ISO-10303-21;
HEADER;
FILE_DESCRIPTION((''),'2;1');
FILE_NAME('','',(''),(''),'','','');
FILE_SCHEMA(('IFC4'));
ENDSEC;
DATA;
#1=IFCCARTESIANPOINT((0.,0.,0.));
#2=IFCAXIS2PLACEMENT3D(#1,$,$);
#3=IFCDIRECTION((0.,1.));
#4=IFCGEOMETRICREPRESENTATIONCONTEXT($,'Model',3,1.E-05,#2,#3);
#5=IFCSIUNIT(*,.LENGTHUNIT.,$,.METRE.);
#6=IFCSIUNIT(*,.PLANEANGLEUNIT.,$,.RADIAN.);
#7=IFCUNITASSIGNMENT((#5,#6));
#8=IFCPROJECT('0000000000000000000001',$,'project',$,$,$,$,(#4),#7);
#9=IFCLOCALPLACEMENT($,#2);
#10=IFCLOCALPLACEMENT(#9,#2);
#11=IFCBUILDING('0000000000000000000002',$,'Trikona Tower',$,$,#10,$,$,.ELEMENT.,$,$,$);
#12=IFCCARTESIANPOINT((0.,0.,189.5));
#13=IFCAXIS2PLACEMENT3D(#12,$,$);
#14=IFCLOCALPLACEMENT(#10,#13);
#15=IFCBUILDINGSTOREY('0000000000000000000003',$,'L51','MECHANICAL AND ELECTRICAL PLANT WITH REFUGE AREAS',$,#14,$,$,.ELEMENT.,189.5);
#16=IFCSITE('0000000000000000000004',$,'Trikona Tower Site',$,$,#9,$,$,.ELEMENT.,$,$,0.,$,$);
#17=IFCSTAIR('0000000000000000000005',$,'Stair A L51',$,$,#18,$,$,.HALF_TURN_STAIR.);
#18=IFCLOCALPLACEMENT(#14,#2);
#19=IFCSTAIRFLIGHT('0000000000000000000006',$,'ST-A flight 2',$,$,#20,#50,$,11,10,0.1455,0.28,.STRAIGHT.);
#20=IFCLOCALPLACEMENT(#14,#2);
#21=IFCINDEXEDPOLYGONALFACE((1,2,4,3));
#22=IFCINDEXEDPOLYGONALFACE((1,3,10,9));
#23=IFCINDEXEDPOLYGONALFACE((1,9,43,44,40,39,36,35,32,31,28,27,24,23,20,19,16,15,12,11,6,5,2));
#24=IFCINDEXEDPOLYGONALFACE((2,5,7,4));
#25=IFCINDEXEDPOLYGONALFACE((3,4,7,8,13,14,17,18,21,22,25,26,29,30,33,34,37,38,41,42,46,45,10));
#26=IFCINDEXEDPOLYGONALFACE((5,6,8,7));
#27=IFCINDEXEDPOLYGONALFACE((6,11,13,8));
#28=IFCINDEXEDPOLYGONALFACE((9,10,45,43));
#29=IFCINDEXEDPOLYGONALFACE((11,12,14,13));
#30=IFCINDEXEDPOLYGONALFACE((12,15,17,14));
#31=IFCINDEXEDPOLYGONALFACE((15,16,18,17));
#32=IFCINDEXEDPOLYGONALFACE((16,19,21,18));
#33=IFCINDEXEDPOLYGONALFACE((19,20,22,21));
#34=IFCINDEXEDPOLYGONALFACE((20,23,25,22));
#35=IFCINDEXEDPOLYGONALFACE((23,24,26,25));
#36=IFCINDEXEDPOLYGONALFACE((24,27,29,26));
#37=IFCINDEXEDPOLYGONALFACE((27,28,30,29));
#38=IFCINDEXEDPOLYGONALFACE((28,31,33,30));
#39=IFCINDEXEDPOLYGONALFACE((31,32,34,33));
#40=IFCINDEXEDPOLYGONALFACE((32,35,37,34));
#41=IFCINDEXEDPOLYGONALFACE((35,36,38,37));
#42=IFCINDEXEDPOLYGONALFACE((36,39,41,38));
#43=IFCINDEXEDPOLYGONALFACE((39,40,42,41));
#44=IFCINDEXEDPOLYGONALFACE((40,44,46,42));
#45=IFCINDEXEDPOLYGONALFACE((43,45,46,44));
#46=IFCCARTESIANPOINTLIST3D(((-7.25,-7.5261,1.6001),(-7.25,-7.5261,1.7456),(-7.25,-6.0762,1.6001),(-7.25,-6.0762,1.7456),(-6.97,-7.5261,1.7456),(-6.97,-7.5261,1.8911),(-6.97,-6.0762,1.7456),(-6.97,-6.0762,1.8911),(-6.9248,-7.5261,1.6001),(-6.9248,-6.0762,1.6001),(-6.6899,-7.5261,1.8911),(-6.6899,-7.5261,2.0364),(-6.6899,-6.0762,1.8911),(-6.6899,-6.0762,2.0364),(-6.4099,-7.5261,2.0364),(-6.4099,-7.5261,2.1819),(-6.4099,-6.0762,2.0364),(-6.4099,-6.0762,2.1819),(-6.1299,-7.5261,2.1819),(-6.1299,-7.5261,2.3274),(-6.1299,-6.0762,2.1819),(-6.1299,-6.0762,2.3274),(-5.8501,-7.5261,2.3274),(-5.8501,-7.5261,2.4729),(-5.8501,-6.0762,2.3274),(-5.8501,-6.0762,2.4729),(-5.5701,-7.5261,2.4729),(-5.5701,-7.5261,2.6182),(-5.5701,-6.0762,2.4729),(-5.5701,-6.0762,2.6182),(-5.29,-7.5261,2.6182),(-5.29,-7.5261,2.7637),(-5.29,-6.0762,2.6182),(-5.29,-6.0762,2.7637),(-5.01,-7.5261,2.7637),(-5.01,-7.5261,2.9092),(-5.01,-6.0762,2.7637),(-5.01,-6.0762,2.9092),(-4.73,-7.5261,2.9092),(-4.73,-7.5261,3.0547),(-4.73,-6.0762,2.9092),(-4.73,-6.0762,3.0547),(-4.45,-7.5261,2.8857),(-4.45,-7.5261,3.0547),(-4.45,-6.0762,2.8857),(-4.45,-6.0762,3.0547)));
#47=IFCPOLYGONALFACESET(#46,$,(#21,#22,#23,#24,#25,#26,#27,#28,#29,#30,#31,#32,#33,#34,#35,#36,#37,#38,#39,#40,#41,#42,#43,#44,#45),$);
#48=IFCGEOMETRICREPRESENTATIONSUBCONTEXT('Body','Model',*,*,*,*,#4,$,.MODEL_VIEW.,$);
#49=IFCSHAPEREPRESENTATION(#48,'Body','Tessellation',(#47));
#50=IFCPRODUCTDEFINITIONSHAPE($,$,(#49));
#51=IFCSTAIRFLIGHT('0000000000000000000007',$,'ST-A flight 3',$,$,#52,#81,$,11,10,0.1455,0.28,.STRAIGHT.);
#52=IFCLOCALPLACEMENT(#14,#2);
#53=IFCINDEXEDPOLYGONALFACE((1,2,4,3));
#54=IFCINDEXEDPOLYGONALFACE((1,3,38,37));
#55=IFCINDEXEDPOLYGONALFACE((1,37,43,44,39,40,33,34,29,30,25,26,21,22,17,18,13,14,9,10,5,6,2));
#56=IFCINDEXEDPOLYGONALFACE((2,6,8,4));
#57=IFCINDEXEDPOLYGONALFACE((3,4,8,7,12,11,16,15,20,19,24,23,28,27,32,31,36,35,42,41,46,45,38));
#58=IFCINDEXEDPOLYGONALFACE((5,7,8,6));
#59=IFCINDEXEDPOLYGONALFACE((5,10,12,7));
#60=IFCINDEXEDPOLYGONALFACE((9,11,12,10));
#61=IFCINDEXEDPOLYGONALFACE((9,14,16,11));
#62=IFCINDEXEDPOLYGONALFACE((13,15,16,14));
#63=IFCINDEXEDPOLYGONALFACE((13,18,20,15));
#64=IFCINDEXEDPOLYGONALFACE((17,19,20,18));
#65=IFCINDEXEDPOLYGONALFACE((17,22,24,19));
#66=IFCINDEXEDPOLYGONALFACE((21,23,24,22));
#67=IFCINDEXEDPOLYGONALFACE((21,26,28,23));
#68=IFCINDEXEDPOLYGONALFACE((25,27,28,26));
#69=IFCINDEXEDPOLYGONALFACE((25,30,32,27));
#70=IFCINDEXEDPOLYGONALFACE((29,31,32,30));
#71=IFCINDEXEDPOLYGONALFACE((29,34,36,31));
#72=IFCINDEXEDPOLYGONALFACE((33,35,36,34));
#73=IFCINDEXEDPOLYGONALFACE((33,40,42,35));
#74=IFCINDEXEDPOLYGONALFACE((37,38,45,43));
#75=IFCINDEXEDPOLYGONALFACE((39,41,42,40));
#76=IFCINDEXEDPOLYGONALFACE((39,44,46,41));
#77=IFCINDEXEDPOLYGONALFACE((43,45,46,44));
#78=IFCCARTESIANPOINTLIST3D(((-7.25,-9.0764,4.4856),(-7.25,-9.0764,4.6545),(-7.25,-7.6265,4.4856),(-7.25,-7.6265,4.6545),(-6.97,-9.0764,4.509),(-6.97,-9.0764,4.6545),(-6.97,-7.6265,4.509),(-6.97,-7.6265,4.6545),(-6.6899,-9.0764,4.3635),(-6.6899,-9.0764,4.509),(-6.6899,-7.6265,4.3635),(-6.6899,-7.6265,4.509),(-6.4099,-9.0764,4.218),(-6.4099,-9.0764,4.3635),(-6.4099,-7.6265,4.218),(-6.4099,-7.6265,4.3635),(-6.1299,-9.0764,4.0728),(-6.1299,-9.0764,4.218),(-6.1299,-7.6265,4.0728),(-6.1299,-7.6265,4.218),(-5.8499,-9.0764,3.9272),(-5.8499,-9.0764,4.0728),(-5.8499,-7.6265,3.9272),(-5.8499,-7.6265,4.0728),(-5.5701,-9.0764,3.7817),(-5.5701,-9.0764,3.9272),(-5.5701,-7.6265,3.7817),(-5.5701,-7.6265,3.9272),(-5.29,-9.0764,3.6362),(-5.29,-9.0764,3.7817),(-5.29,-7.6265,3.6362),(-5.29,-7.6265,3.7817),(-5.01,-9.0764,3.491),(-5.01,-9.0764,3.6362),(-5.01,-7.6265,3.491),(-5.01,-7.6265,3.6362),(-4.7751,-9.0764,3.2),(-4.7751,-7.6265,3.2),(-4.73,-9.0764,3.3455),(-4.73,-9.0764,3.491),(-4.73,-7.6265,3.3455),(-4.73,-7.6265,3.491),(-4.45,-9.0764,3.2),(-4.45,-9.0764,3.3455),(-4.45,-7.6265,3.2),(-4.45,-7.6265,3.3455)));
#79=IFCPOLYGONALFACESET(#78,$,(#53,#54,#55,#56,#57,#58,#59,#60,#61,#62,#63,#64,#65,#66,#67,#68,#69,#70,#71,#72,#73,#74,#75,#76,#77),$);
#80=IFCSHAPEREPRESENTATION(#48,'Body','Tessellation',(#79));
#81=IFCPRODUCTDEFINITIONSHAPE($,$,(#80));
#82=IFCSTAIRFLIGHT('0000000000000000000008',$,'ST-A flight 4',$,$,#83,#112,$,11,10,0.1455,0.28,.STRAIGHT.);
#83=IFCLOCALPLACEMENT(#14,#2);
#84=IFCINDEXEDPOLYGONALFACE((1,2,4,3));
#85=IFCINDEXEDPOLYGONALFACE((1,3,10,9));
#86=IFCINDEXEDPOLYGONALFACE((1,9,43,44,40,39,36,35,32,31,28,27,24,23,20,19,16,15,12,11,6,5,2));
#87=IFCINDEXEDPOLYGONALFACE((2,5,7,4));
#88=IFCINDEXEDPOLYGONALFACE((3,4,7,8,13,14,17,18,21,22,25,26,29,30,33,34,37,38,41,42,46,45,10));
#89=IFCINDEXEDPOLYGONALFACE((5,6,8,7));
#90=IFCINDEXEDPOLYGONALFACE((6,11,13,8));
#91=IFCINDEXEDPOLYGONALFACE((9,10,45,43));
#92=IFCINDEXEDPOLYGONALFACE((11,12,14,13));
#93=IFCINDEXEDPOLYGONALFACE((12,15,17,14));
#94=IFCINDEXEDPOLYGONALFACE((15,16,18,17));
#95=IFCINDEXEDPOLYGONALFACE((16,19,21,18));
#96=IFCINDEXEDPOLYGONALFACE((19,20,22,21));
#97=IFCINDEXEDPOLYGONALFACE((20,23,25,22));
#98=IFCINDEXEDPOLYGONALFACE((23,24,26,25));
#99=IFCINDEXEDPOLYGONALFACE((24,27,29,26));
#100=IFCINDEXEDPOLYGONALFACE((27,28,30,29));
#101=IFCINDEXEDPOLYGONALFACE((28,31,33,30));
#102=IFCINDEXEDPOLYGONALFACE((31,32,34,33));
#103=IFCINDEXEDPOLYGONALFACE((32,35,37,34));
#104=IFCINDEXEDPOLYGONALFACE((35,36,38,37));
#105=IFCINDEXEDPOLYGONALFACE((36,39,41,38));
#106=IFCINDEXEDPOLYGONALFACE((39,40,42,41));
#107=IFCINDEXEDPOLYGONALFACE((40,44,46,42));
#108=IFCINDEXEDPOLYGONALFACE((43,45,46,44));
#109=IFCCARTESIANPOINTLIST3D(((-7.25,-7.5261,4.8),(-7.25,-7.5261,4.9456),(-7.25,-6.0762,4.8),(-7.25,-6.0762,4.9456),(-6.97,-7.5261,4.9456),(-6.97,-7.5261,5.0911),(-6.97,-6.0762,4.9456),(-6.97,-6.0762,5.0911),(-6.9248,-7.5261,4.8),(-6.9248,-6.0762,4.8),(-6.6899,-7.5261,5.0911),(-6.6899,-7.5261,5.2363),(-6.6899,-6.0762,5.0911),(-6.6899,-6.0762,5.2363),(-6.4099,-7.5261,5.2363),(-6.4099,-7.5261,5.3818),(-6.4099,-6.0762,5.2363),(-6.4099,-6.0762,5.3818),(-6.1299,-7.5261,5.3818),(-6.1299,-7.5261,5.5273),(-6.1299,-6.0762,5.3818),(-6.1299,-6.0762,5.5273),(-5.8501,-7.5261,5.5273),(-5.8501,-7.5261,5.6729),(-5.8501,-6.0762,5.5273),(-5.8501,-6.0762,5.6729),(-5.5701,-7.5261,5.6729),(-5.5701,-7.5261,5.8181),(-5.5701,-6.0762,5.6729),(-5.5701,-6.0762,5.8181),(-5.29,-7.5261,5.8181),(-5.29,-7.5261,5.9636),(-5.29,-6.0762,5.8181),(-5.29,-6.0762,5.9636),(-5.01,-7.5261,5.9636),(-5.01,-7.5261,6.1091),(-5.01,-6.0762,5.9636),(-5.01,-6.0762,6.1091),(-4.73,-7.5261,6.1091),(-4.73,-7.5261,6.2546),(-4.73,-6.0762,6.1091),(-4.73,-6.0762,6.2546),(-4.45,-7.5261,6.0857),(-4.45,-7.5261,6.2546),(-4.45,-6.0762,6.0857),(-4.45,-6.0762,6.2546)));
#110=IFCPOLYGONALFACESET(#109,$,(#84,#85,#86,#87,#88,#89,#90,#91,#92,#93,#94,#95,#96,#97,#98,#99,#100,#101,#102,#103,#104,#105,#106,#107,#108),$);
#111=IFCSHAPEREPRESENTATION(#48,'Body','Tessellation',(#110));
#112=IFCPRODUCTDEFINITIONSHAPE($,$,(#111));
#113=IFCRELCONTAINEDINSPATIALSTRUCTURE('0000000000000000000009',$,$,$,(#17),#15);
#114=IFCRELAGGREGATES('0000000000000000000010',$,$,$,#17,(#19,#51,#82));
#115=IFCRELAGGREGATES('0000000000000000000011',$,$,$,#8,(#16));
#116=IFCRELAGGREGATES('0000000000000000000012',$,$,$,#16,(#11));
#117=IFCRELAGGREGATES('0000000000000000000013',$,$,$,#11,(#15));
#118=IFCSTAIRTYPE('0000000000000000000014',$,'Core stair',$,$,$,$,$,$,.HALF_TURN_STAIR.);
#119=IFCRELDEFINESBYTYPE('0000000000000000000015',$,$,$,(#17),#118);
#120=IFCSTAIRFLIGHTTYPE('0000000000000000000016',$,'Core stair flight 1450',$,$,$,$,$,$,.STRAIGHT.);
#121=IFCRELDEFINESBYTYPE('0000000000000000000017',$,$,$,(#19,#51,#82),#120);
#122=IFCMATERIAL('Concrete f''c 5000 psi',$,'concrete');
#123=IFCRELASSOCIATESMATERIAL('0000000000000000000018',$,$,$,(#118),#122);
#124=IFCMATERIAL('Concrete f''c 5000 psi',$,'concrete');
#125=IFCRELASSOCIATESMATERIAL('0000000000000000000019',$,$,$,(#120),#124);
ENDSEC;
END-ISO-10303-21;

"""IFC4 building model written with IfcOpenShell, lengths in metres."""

from ifc_helpers import new_model, si_unit, direction, frame, origin, place, context, subcontext, project, spatial, polyline, outline, extrude, material, type_object, element, aggregate, save


model = new_model("IFC4")

# Units and contexts
model_context = context("Model", 3, precision=1e-05, world=origin(), true_north=direction((0.0, 1.0)))
body_context = subcontext(model_context, "Body", "Model", "MODEL_VIEW")
ifc_project = project(units=[si_unit("LENGTHUNIT", "METRE"), si_unit("PLANEANGLEUNIT", "RADIAN")], contexts=[model_context])

# Site, building, storey
site_placement = place(None, origin())
site = spatial("IfcSite", under=ifc_project, at=site_placement, Name="Trikona Tower Site", CompositionType="ELEMENT", RefElevation=0.0)
building_placement = place(site_placement, origin())
building = spatial("IfcBuilding", under=site, at=building_placement, Name="Trikona Tower", CompositionType="ELEMENT")
storey_placement = place(building_placement, frame((0.0, 0.0, 189.5)))
storey = spatial("IfcBuildingStorey", under=building, at=storey_placement, Name="L51", Description="MECHANICAL AND ELECTRICAL PLANT WITH REFUGE AREAS", CompositionType="ELEMENT", Elevation=189.5)

# Stair, stair flights
ifc_material_1 = material(Name="Concrete f'c 5000 psi", Category="concrete")
stair_type = type_object("IfcStairType", Name="Core stair", PredefinedType="HALF_TURN_STAIR", material=ifc_material_1)
stair_placement = place(storey_placement, origin())
stair = element("IfcStair", 1, at=stair_placement, inside=storey, type_object=stair_type, Name="Stair A L51", PredefinedType="HALF_TURN_STAIR")
ifc_material_2 = material(Name="Concrete f'c 5000 psi", Category="concrete")
stair_flight_type = type_object("IfcStairFlightType", Name="Core stair flight 1450", PredefinedType="STRAIGHT", material=ifc_material_2)
stair_flight_1_placement = place(storey_placement, frame((-7.25, -6.8013, 1.6001), z_axis=(0.0, 0.0, 1.0), x_axis=(1.0, 0.0, 0.0)))
stair_flight_1 = element("IfcStairFlight", 2, at=stair_flight_1_placement, type_object=stair_flight_type, Name="ST-A flight 2", NumberOfRisers=11, NumberOfTreads=10, PredefinedType="STRAIGHT", RiserHeight=0.1455, TreadLength=0.28, context=body_context, shape_type="SweptSolid", body=[
    extrude(outline(polyline([(0.0, 0.0), (0.0, 0.1455), (0.28, 0.1455), (0.28, 0.291), (0.5601, 0.291), (0.5601, 0.4363), (0.8401, 0.4363), (0.8401, 0.5818), (1.1201, 0.5818), (1.1201, 0.7273), (1.3999, 0.7273), (1.3999, 0.8728), (1.6799, 0.8728), (1.6799, 1.0181), (1.96, 1.0181), (1.96, 1.1636), (2.24, 1.1636), (2.24, 1.3091), (2.52, 1.3091), (2.52, 1.4546), (2.8, 1.4546), (2.8, 1.6001), (2.8, 1.2856), (0.3252, 0.0), (0.0, 0.0)])), frame((0.0, 0.7251, 0.0), z_axis=(0.0, -1.0, 0.0), x_axis=(1.0, 0.0, 0.0)), (0.0, 0.0, 1.0), 1.45),
])
stair_flight_2_placement = place(storey_placement, frame((-4.45, -8.3513, 3.2), z_axis=(0.0, 0.0, 1.0), x_axis=(-1.0, 0.0, 0.0)))
stair_flight_2 = element("IfcStairFlight", 3, at=stair_flight_2_placement, type_object=stair_flight_type, Name="ST-A flight 3", NumberOfRisers=11, NumberOfTreads=10, PredefinedType="STRAIGHT", RiserHeight=0.1455, TreadLength=0.28, context=body_context, shape_type="SweptSolid", body=[
    extrude(outline(polyline([(0.0, 0.0), (0.0, 0.1455), (0.28, 0.1455), (0.28, 0.291), (0.5601, 0.291), (0.5601, 0.4363), (0.8401, 0.4363), (0.8401, 0.5818), (1.1201, 0.5818), (1.1201, 0.7273), (1.3999, 0.7273), (1.3999, 0.8728), (1.6799, 0.8728), (1.6799, 1.0181), (1.96, 1.0181), (1.96, 1.1636), (2.24, 1.1636), (2.24, 1.3091), (2.52, 1.3091), (2.52, 1.4546), (2.8, 1.4546), (2.8, 1.6001), (2.8, 1.2856), (0.3252, 0.0), (0.0, 0.0)])), frame((0.0, 0.7251, 0.0), z_axis=(0.0, -1.0, 0.0), x_axis=(1.0, 0.0, 0.0)), (0.0, 0.0, 1.0), 1.45),
])
stair_flight_3_placement = place(storey_placement, frame((-7.25, -6.8013, 4.8), z_axis=(0.0, 0.0, 1.0), x_axis=(1.0, 0.0, 0.0)))
stair_flight_3 = element("IfcStairFlight", 4, at=stair_flight_3_placement, type_object=stair_flight_type, Name="ST-A flight 4", NumberOfRisers=11, NumberOfTreads=10, PredefinedType="STRAIGHT", RiserHeight=0.1455, TreadLength=0.28, context=body_context, shape_type="SweptSolid", body=[
    extrude(outline(polyline([(0.0, 0.0), (0.0, 0.1455), (0.28, 0.1455), (0.28, 0.291), (0.5601, 0.291), (0.5601, 0.4363), (0.8401, 0.4363), (0.8401, 0.5818), (1.1201, 0.5818), (1.1201, 0.7273), (1.3999, 0.7273), (1.3999, 0.8728), (1.6799, 0.8728), (1.6799, 1.0181), (1.96, 1.0181), (1.96, 1.1636), (2.24, 1.1636), (2.24, 1.3091), (2.52, 1.3091), (2.52, 1.4546), (2.8, 1.4546), (2.8, 1.6001), (2.8, 1.2856), (0.3252, 0.0), (0.0, 0.0)])), frame((0.0, 0.7251, 0.0), z_axis=(0.0, -1.0, 0.0), x_axis=(1.0, 0.0, 0.0)), (0.0, 0.0, 1.0), 1.45),
])
aggregate(stair, [stair_flight_1, stair_flight_2, stair_flight_3])

save(model, "model.ifc")
